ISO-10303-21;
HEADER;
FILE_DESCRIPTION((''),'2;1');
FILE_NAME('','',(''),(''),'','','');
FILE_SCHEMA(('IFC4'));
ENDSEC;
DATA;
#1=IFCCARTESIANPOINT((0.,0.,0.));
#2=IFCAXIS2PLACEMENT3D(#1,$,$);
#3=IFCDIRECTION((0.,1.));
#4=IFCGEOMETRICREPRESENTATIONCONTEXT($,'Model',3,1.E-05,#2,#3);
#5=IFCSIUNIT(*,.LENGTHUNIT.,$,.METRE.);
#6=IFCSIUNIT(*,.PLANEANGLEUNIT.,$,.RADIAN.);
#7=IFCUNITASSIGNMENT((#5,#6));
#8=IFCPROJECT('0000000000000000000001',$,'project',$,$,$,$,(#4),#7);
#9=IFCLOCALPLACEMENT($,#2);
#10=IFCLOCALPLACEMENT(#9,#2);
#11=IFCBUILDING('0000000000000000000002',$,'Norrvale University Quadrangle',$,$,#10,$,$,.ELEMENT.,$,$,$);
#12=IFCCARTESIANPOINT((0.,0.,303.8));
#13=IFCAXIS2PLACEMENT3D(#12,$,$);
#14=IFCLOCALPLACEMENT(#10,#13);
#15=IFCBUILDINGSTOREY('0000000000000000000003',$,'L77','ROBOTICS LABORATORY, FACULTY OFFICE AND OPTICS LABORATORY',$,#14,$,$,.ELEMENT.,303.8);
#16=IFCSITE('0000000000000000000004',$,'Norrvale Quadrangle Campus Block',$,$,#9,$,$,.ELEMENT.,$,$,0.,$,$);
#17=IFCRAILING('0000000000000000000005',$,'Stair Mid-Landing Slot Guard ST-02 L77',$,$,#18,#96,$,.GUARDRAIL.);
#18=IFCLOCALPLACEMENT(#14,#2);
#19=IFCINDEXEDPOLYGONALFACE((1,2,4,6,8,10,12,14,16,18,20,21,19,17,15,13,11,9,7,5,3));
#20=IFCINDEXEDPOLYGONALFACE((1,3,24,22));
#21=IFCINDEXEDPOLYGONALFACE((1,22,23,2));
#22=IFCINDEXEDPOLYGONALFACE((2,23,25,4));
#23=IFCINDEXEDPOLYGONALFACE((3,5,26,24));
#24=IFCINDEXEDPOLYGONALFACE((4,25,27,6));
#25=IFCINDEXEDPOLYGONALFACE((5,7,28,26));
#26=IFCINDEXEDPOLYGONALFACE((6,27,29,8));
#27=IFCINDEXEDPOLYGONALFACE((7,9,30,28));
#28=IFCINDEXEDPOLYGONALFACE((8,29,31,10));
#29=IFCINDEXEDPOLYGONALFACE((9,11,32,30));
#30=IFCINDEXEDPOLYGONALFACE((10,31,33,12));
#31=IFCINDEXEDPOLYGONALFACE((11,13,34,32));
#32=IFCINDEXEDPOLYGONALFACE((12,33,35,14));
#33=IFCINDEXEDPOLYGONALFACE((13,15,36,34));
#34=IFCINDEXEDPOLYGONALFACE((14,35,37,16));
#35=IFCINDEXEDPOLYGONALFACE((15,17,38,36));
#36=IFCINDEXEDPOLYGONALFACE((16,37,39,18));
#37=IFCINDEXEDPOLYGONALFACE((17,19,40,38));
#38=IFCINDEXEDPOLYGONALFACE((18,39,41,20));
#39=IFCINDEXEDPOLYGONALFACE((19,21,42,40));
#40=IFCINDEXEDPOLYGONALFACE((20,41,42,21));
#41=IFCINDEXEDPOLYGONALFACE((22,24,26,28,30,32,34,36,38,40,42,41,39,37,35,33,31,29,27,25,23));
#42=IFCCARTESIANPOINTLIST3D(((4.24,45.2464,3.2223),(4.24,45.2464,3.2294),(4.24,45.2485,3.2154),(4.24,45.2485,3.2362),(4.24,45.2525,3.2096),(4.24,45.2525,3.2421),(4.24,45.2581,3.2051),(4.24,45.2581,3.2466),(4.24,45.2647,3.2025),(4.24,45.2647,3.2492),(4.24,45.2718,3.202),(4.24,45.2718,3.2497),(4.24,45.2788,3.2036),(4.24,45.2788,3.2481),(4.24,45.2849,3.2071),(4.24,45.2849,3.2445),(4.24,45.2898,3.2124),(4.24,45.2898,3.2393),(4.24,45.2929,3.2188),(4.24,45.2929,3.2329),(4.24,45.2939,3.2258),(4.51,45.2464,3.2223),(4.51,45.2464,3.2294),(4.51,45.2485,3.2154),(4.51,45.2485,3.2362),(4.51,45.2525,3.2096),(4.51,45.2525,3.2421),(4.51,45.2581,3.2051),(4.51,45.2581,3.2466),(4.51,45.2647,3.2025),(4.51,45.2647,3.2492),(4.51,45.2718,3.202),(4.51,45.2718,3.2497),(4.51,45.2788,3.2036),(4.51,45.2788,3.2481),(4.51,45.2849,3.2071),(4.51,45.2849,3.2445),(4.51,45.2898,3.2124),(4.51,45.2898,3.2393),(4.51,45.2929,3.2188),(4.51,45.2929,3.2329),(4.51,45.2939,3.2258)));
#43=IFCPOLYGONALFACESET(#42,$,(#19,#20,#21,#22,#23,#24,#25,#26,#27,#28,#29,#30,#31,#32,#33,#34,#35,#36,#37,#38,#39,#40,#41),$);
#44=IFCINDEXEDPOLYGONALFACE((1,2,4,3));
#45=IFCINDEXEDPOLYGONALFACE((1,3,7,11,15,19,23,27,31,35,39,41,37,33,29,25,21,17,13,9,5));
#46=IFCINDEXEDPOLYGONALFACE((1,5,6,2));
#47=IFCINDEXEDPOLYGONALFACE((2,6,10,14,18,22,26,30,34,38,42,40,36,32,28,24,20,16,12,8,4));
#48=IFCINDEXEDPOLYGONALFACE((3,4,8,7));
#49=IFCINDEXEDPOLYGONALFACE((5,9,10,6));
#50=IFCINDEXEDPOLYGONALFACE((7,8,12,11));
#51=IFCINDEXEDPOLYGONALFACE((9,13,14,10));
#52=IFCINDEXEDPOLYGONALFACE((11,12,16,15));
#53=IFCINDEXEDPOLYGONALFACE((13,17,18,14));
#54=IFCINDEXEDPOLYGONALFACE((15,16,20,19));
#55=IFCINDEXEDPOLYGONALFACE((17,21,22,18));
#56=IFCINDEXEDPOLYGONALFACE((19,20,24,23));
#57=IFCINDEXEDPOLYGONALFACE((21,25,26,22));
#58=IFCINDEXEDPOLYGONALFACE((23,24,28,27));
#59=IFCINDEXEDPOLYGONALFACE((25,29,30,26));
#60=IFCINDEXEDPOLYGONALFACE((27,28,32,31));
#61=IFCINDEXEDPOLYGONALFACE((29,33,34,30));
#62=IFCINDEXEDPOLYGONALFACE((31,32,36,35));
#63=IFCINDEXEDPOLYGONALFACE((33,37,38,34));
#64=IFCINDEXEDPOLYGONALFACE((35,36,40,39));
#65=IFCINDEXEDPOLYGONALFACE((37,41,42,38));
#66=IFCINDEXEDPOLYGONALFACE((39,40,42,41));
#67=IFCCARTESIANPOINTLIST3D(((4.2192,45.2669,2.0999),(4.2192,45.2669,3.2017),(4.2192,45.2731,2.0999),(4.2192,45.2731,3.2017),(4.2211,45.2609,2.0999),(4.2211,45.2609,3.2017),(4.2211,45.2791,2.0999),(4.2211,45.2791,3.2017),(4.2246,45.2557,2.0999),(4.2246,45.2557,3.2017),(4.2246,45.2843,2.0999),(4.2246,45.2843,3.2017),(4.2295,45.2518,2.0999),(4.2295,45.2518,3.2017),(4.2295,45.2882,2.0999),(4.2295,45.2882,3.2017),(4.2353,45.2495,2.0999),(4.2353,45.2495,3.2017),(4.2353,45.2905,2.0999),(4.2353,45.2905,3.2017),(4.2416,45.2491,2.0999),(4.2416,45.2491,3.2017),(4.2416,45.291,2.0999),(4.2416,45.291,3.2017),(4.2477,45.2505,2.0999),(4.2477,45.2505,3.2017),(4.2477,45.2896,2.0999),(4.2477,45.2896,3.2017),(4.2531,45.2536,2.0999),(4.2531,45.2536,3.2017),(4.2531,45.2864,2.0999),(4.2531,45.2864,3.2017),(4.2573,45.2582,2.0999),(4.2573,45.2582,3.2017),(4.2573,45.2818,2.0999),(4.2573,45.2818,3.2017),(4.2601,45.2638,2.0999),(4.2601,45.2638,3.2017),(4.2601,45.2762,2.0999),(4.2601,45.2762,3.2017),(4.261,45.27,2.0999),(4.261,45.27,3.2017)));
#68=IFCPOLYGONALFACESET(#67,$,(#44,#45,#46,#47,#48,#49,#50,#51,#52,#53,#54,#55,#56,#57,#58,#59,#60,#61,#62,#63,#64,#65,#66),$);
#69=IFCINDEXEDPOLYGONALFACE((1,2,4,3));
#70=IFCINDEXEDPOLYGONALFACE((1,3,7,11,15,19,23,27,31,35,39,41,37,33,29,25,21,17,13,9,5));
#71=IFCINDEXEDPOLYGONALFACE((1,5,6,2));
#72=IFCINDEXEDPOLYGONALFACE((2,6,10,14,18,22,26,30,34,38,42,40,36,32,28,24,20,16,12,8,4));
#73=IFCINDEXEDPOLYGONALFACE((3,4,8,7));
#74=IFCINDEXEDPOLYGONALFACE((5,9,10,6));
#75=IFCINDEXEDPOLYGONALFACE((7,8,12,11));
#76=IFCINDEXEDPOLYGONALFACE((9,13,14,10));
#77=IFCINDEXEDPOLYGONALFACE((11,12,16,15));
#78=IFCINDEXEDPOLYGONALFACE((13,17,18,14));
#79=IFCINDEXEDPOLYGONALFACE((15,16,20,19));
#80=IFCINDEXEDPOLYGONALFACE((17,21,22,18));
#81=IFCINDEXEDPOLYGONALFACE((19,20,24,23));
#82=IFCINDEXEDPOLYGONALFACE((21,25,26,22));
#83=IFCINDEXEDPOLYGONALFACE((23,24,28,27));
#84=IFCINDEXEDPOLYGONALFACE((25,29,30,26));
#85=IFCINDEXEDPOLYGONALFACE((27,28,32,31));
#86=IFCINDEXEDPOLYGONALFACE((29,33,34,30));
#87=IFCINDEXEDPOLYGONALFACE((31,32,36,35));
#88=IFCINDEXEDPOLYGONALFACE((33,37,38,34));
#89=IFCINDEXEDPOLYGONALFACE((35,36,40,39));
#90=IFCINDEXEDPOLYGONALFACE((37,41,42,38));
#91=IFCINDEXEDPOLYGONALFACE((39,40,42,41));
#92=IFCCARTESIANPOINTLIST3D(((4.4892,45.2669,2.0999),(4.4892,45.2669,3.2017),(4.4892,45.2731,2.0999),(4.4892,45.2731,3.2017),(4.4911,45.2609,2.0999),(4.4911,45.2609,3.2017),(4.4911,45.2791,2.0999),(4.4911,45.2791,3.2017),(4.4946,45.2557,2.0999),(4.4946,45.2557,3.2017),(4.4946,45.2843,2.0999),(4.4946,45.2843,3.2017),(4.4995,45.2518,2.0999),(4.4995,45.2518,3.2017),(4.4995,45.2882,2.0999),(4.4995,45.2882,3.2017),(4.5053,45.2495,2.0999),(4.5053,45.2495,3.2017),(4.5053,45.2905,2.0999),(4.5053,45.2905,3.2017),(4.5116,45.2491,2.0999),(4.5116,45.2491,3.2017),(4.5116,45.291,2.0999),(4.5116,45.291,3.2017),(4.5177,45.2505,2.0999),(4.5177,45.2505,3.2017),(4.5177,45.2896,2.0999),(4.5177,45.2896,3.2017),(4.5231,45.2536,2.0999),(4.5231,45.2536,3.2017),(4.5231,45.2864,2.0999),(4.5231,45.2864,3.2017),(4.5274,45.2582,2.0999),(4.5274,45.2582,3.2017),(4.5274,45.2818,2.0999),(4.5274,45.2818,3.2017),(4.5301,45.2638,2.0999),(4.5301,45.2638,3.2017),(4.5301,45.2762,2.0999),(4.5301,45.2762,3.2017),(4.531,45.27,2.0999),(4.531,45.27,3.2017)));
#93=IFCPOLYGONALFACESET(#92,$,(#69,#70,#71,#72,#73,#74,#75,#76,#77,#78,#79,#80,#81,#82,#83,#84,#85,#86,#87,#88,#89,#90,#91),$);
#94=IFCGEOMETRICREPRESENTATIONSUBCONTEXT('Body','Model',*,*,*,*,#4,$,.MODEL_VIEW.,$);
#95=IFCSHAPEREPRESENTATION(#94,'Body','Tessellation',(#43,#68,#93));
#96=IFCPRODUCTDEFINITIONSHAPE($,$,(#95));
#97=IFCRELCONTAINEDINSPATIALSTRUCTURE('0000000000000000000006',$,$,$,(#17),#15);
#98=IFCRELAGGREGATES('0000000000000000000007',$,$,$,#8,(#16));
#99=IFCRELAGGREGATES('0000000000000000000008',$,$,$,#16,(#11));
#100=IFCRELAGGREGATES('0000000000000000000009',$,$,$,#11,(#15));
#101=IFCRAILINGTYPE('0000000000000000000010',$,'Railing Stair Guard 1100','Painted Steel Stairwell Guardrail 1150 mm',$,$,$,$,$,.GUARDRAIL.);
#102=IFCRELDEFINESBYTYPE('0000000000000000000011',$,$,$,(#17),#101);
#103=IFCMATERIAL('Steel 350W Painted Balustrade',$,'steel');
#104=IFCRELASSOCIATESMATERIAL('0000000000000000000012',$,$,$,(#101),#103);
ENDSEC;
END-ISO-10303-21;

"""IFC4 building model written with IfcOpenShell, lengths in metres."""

from ifc_helpers import new_model, si_unit, direction, frame, origin, origin_2d, place, context, subcontext, project, spatial, circle, extrude, material, type_object, element, save


model = new_model("IFC4")

# Units and contexts
model_context = context("Model", 3, precision=1e-05, world=origin(), true_north=direction((0.0, 1.0)))
body_context = subcontext(model_context, "Body", "Model", "MODEL_VIEW")
ifc_project = project(units=[si_unit("LENGTHUNIT", "METRE"), si_unit("PLANEANGLEUNIT", "RADIAN")], contexts=[model_context])

# Site, building, storey
site_placement = place(None, origin())
site = spatial("IfcSite", under=ifc_project, at=site_placement, Name="Norrvale Quadrangle Campus Block", CompositionType="ELEMENT", RefElevation=0.0)
building_placement = place(site_placement, origin())
building = spatial("IfcBuilding", under=site, at=building_placement, Name="Norrvale University Quadrangle", CompositionType="ELEMENT")
storey_placement = place(building_placement, frame((0.0, 0.0, 303.8)))
storey = spatial("IfcBuildingStorey", under=building, at=storey_placement, Name="L77", Description="ROBOTICS LABORATORY, FACULTY OFFICE AND OPTICS LABORATORY", CompositionType="ELEMENT", Elevation=303.8)

# Railing
ifc_material_1 = material(Name="Steel 350W Painted Balustrade", Category="steel")
railing_type_1 = type_object("IfcRailingType", Name="Railing Stair Guard 1100", Description="Painted Steel Stairwell Guardrail 1150 mm", PredefinedType="GUARDRAIL", material=ifc_material_1)
for number, where, name in (
    (1, (4.24, 45.27, 2.0999), "Stair Mid-Landing Slot Guard ST-02 L77"),
):
    element("IfcRailing", number, at=place(storey_placement, frame(where)), inside=storey, type_object=railing_type_1, Name=name, PredefinedType="GUARDRAIL", context=body_context, shape_type="SweptSolid", body=[
        extrude(circle(Radius=0.0239, at=origin_2d()), frame((0.0, 0.0, 1.126), z_axis=(1.0, 0.0, 0.0), x_axis=(0.0, 1.0, 0.0)), (0.0, 0.0, 1.0), 0.27),
        extrude(circle(Radius=0.021, at=origin_2d()), origin(), (0.0, 0.0, 1.0), 1.1018),
        extrude(circle(Radius=0.021, at=origin_2d()), frame((0.27, 0.0, 0.0)), (0.0, 0.0, 1.0), 1.1018),
    ])

save(model, "model.ifc")
